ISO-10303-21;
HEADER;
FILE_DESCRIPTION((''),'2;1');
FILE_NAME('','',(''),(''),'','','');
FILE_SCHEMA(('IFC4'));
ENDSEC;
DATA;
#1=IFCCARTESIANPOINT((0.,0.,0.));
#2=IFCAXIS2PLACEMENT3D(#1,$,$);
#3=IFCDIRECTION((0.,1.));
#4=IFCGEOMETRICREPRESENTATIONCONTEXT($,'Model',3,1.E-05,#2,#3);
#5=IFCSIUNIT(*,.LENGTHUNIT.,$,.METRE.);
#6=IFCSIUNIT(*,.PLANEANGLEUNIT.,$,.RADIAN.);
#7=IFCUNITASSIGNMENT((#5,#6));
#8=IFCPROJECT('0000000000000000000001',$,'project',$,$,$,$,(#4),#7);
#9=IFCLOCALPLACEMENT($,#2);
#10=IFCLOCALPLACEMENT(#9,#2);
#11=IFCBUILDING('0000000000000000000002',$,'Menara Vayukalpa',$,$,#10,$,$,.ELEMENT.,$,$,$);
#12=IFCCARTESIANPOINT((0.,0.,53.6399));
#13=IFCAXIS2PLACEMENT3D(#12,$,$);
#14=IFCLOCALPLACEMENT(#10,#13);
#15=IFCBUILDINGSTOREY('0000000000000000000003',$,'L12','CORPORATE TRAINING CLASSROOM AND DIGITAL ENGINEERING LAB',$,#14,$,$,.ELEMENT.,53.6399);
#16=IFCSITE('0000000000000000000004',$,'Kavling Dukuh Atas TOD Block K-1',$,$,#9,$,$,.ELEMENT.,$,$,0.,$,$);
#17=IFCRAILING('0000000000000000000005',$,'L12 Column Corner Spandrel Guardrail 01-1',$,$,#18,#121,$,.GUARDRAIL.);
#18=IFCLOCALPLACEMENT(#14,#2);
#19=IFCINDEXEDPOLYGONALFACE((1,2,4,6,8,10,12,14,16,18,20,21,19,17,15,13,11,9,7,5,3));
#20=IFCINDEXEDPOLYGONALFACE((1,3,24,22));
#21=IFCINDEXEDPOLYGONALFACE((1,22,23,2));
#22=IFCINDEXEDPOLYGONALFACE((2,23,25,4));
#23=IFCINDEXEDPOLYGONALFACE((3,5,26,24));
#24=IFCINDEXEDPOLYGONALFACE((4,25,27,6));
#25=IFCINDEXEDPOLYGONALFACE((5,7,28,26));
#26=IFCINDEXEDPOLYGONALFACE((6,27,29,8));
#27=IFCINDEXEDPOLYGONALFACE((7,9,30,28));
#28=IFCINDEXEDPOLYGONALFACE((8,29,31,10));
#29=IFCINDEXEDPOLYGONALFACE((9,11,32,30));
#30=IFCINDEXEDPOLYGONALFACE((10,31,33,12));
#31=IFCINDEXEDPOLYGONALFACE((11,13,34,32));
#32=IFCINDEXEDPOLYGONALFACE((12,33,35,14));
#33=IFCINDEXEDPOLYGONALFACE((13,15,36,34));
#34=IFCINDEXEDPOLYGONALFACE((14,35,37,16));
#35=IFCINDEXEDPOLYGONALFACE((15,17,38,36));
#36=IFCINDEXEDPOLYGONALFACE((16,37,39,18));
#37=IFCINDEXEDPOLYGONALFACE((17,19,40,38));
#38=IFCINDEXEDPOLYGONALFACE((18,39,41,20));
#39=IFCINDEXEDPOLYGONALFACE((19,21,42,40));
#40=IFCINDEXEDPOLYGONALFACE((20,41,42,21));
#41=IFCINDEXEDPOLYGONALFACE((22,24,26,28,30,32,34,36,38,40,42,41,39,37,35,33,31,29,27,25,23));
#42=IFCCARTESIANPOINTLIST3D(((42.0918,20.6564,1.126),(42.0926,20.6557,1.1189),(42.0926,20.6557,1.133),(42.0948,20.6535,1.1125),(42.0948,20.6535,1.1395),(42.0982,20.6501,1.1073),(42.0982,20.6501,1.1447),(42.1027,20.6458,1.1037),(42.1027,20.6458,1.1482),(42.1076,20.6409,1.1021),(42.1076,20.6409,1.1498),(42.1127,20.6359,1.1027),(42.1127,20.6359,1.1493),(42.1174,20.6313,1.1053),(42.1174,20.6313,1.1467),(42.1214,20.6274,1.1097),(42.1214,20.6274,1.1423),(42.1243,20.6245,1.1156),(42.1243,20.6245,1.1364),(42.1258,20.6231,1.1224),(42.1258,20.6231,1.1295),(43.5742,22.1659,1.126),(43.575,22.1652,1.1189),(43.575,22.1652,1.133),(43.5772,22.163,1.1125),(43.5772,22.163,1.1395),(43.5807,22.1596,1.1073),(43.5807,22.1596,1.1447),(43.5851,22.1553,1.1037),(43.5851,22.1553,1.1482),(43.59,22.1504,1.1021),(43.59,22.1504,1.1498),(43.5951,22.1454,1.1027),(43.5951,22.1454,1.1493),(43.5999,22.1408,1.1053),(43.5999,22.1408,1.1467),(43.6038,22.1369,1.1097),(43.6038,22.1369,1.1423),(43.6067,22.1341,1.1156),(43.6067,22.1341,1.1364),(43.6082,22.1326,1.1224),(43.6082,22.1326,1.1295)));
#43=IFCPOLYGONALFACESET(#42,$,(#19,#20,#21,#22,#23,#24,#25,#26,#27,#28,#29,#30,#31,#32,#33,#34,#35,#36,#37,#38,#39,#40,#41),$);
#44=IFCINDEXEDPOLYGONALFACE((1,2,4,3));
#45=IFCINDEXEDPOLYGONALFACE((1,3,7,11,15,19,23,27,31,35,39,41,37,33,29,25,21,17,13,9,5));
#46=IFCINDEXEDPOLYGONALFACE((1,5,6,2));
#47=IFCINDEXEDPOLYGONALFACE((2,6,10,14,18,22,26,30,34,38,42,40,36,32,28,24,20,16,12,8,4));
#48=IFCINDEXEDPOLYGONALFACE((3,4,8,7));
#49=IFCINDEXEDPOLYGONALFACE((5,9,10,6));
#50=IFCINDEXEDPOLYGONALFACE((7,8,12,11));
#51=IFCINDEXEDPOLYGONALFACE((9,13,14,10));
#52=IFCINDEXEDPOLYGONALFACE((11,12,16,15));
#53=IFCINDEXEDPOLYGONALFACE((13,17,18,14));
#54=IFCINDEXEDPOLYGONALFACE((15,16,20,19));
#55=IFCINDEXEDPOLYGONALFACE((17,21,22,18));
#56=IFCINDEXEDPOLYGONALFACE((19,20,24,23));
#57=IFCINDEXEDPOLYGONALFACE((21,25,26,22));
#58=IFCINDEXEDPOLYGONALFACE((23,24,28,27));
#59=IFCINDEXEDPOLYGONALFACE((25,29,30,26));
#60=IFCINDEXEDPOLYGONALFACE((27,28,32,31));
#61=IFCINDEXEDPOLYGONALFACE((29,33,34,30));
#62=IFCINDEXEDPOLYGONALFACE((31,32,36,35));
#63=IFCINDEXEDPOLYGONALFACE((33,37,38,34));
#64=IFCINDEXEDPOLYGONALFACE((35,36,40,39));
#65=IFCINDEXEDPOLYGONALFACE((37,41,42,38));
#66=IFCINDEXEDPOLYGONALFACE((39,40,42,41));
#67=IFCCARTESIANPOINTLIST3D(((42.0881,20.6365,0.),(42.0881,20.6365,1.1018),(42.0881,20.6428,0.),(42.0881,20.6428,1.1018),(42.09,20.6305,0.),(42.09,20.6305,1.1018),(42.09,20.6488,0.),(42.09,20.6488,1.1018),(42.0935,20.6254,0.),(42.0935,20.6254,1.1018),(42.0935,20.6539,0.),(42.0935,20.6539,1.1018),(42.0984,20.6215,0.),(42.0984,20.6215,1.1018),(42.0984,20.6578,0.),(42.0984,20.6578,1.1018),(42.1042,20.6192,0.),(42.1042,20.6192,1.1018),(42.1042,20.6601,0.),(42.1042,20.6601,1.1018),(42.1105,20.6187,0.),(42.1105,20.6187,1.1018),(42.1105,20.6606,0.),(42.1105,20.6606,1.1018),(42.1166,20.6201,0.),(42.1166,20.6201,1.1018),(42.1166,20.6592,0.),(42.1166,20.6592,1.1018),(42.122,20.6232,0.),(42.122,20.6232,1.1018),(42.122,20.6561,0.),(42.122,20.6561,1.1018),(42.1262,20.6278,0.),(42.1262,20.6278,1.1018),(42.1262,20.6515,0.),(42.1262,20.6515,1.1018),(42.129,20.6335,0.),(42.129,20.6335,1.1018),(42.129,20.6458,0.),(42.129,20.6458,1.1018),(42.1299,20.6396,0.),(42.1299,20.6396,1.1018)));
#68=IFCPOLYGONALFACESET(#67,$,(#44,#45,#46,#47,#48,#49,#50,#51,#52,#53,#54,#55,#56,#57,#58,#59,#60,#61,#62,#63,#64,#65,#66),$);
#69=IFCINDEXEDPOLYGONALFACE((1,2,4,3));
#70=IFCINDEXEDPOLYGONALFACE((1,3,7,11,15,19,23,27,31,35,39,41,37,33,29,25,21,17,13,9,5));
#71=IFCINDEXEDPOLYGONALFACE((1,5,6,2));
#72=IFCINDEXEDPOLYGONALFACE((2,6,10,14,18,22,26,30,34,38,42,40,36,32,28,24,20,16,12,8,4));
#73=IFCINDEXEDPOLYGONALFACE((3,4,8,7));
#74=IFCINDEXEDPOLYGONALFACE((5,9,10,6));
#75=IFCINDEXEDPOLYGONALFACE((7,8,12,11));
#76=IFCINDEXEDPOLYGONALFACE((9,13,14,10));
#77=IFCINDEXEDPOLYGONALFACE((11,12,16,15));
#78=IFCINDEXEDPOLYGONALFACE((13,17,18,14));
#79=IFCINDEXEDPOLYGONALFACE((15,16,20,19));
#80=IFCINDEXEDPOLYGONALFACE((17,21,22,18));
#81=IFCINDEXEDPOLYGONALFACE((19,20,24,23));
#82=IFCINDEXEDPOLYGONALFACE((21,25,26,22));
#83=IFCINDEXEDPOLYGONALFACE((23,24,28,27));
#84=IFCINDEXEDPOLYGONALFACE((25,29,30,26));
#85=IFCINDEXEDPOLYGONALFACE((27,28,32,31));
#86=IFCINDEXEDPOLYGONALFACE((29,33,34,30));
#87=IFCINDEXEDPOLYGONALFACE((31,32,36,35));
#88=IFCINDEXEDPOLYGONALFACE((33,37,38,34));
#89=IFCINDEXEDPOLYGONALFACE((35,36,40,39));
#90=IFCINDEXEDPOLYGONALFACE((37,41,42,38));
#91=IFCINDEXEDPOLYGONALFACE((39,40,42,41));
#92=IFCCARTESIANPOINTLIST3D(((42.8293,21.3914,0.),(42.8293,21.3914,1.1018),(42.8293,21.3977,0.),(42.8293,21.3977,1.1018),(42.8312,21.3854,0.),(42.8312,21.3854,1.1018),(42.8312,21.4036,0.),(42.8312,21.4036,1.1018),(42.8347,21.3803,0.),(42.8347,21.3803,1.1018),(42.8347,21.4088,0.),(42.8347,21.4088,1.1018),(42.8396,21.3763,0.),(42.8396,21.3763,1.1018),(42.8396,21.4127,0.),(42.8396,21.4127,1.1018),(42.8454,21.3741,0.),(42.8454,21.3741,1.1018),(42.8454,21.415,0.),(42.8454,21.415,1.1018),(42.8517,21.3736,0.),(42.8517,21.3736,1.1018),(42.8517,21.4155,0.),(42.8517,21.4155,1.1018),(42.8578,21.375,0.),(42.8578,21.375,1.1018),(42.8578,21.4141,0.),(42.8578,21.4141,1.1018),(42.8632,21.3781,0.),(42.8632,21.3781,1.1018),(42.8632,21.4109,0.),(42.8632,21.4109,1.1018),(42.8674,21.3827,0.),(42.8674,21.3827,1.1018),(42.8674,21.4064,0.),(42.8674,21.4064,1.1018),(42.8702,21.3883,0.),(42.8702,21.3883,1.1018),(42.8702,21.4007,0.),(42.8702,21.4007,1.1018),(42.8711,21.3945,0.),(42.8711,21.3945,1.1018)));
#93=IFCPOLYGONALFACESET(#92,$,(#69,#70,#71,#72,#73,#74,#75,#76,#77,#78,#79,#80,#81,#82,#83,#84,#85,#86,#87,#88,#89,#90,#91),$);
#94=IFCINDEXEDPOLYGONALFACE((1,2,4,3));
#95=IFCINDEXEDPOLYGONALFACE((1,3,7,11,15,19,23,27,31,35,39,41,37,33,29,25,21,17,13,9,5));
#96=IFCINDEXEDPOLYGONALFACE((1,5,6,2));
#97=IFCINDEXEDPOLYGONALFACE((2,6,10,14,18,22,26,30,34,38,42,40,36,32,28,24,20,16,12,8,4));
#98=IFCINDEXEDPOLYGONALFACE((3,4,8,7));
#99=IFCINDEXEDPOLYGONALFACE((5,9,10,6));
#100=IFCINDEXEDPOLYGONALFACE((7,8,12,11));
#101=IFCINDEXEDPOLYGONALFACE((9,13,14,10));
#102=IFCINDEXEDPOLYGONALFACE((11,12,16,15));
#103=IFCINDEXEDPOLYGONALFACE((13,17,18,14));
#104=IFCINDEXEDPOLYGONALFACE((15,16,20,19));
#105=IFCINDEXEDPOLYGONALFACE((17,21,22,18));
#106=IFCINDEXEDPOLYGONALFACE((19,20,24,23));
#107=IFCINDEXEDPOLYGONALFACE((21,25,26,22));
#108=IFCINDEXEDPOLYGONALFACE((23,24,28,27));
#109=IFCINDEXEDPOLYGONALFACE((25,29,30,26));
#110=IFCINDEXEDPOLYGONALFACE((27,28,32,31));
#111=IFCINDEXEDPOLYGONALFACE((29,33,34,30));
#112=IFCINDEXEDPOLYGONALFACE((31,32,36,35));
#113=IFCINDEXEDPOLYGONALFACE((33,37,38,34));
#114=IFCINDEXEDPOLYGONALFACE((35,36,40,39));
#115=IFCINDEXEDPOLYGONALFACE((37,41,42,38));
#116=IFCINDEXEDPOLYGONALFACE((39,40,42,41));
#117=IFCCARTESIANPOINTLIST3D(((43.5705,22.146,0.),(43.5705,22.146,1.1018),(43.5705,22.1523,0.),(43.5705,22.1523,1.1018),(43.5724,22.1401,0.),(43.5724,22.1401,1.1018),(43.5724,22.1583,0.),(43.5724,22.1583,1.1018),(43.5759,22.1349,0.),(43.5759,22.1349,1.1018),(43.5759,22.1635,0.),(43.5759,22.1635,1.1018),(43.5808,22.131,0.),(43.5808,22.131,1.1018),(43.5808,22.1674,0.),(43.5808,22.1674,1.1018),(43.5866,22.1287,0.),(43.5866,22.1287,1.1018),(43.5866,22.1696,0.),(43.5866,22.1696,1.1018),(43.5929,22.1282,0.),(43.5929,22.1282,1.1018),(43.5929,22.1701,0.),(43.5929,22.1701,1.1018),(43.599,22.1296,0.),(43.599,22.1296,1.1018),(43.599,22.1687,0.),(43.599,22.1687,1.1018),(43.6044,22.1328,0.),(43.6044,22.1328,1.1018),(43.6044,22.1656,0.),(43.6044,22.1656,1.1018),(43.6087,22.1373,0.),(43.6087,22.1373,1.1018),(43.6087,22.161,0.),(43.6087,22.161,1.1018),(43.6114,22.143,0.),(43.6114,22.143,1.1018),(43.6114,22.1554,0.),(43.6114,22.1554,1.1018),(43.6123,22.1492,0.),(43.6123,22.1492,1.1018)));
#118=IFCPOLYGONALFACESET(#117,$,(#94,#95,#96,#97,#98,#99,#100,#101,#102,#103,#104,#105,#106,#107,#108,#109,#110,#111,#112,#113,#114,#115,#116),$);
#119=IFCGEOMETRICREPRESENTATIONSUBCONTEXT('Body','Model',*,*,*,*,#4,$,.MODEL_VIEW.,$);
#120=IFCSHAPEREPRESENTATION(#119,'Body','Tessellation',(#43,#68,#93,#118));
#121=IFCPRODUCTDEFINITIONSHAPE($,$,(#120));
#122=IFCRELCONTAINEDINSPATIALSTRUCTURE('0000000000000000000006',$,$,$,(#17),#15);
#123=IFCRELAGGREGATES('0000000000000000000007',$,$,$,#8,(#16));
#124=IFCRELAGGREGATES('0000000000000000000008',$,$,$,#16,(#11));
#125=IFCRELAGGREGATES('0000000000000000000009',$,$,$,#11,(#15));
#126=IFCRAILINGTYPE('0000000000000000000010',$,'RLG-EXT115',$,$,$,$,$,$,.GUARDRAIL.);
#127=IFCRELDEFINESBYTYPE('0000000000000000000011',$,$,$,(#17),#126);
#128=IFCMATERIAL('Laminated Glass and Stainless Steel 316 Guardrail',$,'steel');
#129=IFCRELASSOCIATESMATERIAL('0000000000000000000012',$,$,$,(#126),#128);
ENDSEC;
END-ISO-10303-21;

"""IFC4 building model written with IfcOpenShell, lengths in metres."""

from ifc_helpers import new_model, si_unit, direction, frame, origin, origin_2d, place, context, subcontext, project, spatial, circle, extrude, material, type_object, element, save


model = new_model("IFC4")

# Units and contexts
model_context = context("Model", 3, precision=1e-05, world=origin(), true_north=direction((0.0, 1.0)))
body_context = subcontext(model_context, "Body", "Model", "MODEL_VIEW")
ifc_project = project(units=[si_unit("LENGTHUNIT", "METRE"), si_unit("PLANEANGLEUNIT", "RADIAN")], contexts=[model_context])

# Site, building, storey
site_placement = place(None, origin())
site = spatial("IfcSite", under=ifc_project, at=site_placement, Name="Kavling Dukuh Atas TOD Block K-1", CompositionType="ELEMENT", RefElevation=0.0)
building_placement = place(site_placement, origin())
building = spatial("IfcBuilding", under=site, at=building_placement, Name="Menara Vayukalpa", CompositionType="ELEMENT")
storey_placement = place(building_placement, frame((0.0, 0.0, 53.6399)))
storey = spatial("IfcBuildingStorey", under=building, at=storey_placement, Name="L12", Description="CORPORATE TRAINING CLASSROOM AND DIGITAL ENGINEERING LAB", CompositionType="ELEMENT", Elevation=53.6399)

# Railing
ifc_material_1 = material(Name="Laminated Glass and Stainless Steel 316 Guardrail", Category="steel")
railing_type = type_object("IfcRailingType", Name="RLG-EXT115", PredefinedType="GUARDRAIL", material=ifc_material_1)
railing_1_placement = place(storey_placement, frame((42.1089, 20.6396, 0.0)))
element("IfcRailing", 1, at=railing_1_placement, inside=storey, type_object=railing_type, Name="L12 Column Corner Spandrel Guardrail 01-1", PredefinedType="GUARDRAIL", context=body_context, shape_type="SweptSolid", body=[
    extrude(circle(Radius=0.0239, at=origin_2d()), frame((0.0, 0.0, 1.126), z_axis=(0.700673, 0.713482, 0.0), x_axis=(-0.713482, 0.700673, 0.0)), (0.0, 0.0, 1.0), 2.1157),
    extrude(circle(Radius=0.021, at=origin_2d()), origin(), (0.0, 0.0, 1.0), 1.1018),
    extrude(circle(Radius=0.021, at=origin_2d()), frame((0.7412, 0.7549, 0.0)), (0.0, 0.0, 1.0), 1.1018),
    extrude(circle(Radius=0.021, at=origin_2d()), frame((1.4824, 1.5095, 0.0)), (0.0, 0.0, 1.0), 1.1018),
])

save(model, "model.ifc")
